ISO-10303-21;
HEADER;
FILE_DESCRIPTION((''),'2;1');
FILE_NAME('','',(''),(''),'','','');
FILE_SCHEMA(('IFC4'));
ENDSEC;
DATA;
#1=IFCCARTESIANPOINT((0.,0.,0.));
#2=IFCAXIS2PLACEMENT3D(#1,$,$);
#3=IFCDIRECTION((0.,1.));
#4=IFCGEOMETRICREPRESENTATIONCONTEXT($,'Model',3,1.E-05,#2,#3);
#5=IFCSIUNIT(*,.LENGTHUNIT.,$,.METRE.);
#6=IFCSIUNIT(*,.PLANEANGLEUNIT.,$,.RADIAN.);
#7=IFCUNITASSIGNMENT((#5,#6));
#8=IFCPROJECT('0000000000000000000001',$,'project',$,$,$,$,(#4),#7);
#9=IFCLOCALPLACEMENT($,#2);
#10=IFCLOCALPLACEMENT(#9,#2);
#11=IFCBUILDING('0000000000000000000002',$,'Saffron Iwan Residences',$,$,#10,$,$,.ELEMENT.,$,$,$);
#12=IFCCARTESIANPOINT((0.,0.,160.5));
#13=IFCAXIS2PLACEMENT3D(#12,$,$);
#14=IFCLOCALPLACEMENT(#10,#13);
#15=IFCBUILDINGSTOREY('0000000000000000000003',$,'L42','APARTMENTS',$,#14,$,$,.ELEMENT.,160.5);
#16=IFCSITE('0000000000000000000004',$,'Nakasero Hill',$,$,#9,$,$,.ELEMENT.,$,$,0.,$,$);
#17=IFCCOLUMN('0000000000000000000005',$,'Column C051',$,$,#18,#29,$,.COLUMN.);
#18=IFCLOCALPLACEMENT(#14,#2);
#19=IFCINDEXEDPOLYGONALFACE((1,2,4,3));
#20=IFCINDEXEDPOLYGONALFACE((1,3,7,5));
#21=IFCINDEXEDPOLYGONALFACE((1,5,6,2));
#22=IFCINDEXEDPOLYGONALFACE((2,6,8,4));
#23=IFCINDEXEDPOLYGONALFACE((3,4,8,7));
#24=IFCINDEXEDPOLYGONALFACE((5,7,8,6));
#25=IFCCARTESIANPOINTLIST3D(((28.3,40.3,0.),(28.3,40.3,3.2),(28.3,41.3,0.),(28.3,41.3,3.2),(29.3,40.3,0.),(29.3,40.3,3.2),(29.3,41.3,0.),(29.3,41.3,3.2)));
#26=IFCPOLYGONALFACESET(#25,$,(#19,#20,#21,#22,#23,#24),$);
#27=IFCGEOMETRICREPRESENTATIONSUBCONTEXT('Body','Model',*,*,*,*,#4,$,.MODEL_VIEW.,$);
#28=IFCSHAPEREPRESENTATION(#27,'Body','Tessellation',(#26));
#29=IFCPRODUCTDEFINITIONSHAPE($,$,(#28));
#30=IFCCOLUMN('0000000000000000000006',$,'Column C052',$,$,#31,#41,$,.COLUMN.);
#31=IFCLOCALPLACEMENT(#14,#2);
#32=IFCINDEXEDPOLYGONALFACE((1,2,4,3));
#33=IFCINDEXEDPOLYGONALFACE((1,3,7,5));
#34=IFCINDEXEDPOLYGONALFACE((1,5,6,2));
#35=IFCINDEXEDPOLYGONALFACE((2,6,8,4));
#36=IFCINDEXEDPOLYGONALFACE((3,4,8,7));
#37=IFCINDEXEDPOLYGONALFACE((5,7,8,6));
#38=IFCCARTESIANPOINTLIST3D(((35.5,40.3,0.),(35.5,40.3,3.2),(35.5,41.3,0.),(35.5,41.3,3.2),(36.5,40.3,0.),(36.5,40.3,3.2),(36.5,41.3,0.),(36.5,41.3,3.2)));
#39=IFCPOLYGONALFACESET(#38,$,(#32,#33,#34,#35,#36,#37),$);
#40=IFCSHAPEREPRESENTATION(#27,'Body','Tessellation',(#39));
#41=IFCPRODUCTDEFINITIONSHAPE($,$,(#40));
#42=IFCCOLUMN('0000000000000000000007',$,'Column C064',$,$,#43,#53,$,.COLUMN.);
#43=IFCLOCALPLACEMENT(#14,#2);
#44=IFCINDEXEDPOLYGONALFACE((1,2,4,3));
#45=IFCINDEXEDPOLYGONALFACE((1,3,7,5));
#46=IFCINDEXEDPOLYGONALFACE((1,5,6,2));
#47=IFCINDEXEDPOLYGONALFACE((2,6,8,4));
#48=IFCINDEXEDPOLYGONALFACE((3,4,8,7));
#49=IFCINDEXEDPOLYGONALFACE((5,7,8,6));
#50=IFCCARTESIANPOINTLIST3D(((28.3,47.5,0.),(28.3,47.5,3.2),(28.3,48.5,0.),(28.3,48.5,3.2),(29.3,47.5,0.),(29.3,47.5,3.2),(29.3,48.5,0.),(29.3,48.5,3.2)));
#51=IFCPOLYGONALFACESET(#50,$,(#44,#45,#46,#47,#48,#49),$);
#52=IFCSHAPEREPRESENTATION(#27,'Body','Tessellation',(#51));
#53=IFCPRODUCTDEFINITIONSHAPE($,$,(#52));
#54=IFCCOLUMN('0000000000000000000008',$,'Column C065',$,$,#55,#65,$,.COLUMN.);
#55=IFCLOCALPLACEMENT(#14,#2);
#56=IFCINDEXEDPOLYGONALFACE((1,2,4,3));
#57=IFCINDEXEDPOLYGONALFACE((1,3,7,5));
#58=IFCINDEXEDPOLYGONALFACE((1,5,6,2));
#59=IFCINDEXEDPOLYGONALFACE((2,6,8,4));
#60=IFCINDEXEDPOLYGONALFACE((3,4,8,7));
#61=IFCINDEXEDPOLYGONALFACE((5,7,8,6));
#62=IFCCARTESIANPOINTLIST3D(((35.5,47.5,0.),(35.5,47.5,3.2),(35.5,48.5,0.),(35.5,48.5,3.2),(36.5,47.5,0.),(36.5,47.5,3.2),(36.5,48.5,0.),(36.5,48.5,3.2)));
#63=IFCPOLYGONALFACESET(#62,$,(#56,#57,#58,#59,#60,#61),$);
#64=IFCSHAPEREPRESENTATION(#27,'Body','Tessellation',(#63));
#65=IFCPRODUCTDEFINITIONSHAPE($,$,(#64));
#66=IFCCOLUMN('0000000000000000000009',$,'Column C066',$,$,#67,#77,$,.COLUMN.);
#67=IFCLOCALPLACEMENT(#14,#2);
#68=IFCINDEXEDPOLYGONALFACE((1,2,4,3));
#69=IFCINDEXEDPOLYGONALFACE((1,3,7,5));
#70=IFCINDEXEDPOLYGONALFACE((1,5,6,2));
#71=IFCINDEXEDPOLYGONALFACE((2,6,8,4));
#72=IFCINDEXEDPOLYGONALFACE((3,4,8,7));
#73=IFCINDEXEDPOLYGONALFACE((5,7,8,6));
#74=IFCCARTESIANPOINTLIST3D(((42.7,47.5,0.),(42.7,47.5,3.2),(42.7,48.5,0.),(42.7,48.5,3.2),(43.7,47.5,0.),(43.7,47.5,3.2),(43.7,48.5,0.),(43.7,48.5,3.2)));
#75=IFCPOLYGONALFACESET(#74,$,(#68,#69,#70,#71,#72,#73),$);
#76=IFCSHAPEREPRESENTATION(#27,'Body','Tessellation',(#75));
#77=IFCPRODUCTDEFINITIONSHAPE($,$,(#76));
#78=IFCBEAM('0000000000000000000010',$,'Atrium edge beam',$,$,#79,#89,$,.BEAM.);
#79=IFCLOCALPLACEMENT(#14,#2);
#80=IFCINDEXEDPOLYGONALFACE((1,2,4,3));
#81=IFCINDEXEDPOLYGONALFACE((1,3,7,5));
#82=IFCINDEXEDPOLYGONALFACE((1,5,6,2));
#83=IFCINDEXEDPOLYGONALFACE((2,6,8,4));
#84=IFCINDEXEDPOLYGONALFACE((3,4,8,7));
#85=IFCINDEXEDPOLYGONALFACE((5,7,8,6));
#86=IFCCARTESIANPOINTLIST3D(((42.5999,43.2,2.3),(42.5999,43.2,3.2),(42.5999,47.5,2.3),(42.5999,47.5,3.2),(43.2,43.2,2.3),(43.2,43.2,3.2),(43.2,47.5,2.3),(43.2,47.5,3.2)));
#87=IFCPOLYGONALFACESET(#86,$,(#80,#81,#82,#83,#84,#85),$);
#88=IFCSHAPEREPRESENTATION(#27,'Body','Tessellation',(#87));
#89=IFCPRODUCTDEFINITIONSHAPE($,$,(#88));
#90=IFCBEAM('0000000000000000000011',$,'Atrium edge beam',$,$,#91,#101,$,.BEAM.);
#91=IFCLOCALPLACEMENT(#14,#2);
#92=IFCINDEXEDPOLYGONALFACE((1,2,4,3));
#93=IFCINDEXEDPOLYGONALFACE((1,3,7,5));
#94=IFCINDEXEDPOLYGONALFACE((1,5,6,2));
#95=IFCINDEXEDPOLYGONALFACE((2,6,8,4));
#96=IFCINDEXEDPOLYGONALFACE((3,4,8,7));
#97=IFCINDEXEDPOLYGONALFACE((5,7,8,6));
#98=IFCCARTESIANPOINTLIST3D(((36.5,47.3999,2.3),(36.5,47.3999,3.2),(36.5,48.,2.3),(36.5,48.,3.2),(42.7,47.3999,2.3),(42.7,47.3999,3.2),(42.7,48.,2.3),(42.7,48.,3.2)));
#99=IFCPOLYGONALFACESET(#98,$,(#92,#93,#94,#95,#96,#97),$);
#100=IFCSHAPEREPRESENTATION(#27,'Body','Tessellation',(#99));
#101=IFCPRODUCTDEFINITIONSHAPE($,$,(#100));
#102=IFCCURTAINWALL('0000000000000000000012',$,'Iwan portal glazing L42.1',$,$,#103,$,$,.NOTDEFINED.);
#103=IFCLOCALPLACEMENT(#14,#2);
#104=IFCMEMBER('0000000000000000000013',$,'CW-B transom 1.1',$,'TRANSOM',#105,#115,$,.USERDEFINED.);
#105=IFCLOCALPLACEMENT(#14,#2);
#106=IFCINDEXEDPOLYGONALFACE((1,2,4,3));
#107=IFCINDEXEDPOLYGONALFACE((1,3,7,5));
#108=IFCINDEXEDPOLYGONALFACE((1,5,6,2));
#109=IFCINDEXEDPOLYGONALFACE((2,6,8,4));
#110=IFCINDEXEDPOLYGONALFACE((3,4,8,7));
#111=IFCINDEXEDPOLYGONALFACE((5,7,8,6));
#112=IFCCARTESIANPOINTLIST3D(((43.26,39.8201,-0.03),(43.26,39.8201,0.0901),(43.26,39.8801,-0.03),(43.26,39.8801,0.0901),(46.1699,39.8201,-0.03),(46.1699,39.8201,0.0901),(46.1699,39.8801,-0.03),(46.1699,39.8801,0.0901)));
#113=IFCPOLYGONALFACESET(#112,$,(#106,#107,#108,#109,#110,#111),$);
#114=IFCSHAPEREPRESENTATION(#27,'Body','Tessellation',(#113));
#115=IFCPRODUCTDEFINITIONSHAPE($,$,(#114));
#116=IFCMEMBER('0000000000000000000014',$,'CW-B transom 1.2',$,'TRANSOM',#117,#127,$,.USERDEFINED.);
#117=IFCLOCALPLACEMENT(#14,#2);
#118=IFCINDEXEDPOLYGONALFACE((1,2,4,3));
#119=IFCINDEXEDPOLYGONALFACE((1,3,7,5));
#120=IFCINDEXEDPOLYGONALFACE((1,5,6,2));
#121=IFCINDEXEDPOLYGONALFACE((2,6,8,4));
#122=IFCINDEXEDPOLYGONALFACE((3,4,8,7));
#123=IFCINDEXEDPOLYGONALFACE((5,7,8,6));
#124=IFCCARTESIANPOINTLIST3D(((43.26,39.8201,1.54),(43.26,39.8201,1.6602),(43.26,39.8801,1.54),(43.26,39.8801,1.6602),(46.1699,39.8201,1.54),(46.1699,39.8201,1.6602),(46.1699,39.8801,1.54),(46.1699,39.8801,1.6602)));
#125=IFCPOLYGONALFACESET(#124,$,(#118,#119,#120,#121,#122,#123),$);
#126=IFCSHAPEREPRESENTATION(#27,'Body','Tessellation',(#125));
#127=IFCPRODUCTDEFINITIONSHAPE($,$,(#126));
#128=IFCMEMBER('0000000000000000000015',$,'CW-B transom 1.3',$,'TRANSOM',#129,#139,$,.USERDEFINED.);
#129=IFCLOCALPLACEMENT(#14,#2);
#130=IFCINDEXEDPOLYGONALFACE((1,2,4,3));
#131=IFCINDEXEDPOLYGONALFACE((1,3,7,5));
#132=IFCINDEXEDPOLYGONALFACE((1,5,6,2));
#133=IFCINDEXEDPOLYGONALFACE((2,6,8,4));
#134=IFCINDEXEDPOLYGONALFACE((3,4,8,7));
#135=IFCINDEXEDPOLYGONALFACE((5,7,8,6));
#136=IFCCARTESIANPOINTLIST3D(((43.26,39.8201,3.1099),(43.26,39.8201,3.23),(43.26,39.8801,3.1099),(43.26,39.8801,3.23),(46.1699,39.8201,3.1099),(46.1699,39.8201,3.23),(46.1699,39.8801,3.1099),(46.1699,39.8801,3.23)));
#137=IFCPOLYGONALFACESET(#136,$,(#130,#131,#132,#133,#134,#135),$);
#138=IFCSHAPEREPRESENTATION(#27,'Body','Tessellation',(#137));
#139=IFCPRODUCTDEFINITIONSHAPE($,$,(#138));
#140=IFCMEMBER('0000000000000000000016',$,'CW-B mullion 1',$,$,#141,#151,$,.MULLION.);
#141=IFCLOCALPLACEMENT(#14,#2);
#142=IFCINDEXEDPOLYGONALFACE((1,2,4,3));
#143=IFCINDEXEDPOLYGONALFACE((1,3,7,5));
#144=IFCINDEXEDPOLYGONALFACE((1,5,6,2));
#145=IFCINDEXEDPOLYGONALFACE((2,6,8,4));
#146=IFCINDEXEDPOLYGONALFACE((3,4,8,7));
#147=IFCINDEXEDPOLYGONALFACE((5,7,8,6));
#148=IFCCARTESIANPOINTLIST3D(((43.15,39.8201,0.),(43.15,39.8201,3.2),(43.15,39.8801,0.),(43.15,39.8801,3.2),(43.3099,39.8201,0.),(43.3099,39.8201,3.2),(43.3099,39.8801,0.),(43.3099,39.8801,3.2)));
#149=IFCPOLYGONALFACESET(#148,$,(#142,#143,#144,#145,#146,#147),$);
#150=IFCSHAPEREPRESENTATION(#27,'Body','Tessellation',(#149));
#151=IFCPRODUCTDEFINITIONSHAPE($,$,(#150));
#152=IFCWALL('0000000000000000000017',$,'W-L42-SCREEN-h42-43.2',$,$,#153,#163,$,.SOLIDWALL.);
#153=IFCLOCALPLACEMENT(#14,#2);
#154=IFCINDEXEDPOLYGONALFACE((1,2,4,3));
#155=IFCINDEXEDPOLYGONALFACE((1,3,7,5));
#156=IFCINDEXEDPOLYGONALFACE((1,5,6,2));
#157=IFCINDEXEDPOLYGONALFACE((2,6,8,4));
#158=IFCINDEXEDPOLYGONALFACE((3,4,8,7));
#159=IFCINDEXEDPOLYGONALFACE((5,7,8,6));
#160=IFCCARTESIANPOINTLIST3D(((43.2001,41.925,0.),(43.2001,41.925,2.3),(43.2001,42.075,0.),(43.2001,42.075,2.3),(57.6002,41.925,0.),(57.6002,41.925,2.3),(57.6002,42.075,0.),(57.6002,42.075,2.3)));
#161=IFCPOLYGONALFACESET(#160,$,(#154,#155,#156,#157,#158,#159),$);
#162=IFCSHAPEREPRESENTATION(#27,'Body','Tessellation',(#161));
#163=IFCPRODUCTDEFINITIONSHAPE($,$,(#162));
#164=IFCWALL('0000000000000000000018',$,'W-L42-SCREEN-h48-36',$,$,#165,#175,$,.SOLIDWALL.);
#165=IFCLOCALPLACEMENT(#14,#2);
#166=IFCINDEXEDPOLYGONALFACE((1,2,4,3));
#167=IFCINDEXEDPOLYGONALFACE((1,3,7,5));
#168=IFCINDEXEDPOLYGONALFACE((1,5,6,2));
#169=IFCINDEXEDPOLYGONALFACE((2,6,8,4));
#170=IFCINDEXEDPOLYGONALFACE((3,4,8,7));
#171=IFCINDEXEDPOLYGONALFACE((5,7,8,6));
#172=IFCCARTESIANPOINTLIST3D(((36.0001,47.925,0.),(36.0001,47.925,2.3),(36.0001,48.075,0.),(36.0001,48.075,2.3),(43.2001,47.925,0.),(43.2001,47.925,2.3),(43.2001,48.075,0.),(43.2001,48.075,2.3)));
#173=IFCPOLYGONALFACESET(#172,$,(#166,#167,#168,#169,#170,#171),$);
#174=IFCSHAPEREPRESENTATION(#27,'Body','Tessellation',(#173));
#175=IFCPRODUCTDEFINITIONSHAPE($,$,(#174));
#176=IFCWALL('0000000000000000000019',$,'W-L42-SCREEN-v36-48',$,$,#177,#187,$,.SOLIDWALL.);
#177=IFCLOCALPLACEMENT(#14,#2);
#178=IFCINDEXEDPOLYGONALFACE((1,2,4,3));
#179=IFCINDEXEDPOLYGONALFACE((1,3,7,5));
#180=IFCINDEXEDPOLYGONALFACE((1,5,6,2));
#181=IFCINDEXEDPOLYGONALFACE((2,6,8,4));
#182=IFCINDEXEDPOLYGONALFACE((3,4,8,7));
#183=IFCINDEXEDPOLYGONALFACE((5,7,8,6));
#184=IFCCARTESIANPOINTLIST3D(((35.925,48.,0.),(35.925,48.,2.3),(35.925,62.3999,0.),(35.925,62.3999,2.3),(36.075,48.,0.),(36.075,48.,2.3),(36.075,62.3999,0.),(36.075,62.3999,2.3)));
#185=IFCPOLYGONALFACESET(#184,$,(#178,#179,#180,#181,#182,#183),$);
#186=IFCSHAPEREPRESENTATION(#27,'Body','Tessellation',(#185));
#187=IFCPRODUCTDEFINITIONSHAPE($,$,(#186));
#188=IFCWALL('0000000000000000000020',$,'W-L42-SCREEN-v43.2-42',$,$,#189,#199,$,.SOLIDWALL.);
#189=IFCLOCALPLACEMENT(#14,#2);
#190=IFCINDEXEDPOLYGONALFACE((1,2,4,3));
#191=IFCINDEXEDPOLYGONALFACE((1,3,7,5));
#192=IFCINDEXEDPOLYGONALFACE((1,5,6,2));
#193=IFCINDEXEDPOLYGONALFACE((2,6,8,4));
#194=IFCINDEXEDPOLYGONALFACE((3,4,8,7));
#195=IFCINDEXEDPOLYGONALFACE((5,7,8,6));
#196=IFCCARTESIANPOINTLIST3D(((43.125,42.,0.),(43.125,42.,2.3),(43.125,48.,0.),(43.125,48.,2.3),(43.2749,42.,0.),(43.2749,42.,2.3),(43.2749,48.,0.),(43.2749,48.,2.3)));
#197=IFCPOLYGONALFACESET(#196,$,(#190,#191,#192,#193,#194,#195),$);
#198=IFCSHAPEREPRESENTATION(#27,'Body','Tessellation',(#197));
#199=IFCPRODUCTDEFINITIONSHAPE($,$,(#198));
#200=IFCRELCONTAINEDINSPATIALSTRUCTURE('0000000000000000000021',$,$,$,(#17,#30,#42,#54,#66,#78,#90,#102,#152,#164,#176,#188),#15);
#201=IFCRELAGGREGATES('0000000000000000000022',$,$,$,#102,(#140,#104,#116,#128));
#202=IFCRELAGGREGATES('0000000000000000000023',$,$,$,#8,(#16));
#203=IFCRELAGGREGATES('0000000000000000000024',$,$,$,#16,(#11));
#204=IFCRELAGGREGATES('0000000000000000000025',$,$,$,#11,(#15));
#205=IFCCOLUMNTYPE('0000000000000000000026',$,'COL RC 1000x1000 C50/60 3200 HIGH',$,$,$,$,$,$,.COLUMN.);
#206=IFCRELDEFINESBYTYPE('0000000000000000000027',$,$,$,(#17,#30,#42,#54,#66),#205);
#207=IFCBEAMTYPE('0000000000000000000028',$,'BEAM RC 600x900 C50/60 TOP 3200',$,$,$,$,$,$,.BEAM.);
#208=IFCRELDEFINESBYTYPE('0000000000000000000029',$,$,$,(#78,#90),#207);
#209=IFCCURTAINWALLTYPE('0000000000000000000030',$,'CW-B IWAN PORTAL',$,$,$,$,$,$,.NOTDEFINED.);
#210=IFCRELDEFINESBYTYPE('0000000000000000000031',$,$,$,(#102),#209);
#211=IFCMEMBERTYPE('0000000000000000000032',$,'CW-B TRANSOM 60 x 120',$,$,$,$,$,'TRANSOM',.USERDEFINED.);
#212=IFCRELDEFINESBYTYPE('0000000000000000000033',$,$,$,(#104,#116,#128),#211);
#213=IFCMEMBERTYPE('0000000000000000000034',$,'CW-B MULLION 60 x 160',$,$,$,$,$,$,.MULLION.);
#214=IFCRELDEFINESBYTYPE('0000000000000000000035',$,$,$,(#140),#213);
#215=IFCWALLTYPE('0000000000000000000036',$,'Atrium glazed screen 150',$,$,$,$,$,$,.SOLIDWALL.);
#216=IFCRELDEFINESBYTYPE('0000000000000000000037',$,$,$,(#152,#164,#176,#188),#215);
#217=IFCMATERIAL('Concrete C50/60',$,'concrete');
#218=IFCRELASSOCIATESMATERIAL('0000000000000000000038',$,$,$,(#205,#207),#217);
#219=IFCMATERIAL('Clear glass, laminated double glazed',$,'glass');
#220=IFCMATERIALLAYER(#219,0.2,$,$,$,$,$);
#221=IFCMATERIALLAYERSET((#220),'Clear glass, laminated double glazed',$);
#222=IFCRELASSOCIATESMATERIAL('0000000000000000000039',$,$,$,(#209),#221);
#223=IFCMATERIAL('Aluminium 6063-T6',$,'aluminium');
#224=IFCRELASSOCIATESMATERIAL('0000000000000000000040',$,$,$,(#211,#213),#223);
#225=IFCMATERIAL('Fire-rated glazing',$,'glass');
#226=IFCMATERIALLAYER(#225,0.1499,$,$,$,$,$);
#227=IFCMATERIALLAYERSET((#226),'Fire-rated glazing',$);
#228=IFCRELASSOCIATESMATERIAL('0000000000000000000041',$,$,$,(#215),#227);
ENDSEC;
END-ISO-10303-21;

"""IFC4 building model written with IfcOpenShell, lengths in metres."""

from ifc_helpers import new_model, si_unit, direction, frame, frame_2d, origin, origin_2d, place, context, subcontext, project, spatial, rectangle, extrude, source, transform, mapped, material, layer, layer_set, material_profile, profile_set, type_object, element, aggregate, save


model = new_model("IFC4")

# Units and contexts
model_context = context("Model", 3, precision=1e-05, world=origin(), true_north=direction((0.0, 1.0)))
body_context = subcontext(model_context, "Body", "Model", "MODEL_VIEW")
ifc_project = project(units=[si_unit("LENGTHUNIT", "METRE"), si_unit("PLANEANGLEUNIT", "RADIAN")], contexts=[model_context])

# Site, building, storey
site_placement = place(None, origin())
site = spatial("IfcSite", under=ifc_project, at=site_placement, Name="Nakasero Hill", CompositionType="ELEMENT", RefElevation=0.0)
building_placement = place(site_placement, origin())
building = spatial("IfcBuilding", under=site, at=building_placement, Name="Saffron Iwan Residences", CompositionType="ELEMENT")
storey_placement = place(building_placement, frame((0.0, 0.0, 160.5)))
storey = spatial("IfcBuildingStorey", under=building, at=storey_placement, Name="L42", Description="APARTMENTS", CompositionType="ELEMENT", Elevation=160.5)

# Columns
ifc_material_1 = material(Name="Concrete C50/60", Category="concrete")
ifc_material_profile_1 = material_profile(ifc_material_1, rectangle(XDim=1.0, YDim=1.0, at=origin_2d()), Name="RC 1000x1000")
ifc_profile_set_1 = profile_set([ifc_material_profile_1], Name="Concrete C50/60")
column_type = type_object("IfcColumnType", Name="COL RC 1000x1000 C50/60 3200 HIGH", PredefinedType="COLUMN", material=ifc_profile_set_1)
shared_shape_1 = source(origin(), body_context, "Body", "SweptSolid", [
    extrude(rectangle(XDim=1.0, YDim=1.0, at=origin_2d()), origin(), (0.0, 0.0, 1.0), 3.2),
])
for number, where, z_axis, x_axis, name in (
    (1, (28.8, 40.8, 0.0), (0.0, 0.0, 1.0), (1.0, 0.0, 0.0), "Column C051"),
    (2, (36.0, 40.8, 0.0), (0.0, 0.0, 1.0), (1.0, 0.0, 0.0), "Column C052"),
    (3, (28.8, 48.0, 0.0), (0.0, 0.0, 1.0), (1.0, 0.0, 0.0), "Column C064"),
    (4, (36.0, 48.0, 0.0), (0.0, 0.0, 1.0), (1.0, 0.0, 0.0), "Column C065"),
    (5, (43.2, 48.0, 0.0), (0.0, 0.0, 1.0), (1.0, 0.0, 0.0), "Column C066"),
):
    element("IfcColumn", number, at=place(storey_placement, frame(where, z_axis=z_axis, x_axis=x_axis)), inside=storey, type_object=column_type, Name=name, PredefinedType="COLUMN", context=body_context, shape_type="MappedRepresentation", body=[
        mapped(shared_shape_1, transform((0.0, 0.0, 0.0))),
    ])

# Beams
ifc_material_profile_2 = material_profile(ifc_material_1, rectangle(XDim=0.6001, YDim=0.8999, at=origin_2d()), Name="RC 600x900")
ifc_profile_set_2 = profile_set([ifc_material_profile_2], Name="Concrete C50/60")
beam_type = type_object("IfcBeamType", Name="BEAM RC 600x900 C50/60 TOP 3200", PredefinedType="BEAM", material=ifc_profile_set_2)
shared_shape_2 = source(origin(), body_context, "Body", "SweptSolid", [
    extrude(rectangle(XDim=0.6001, YDim=0.8999, at=origin_2d()), origin(), (0.0, 0.0, 1.0), 4.3),
])
beam_1_placement = place(storey_placement, frame((42.8999, 43.2, 2.75), z_axis=(0.0, 1.0, 0.0), x_axis=(-1.0, 0.0, 0.0)))
element("IfcBeam", 6, at=beam_1_placement, inside=storey, type_object=beam_type, Name="Atrium edge beam", PredefinedType="BEAM", context=body_context, shape_type="MappedRepresentation", body=[
    mapped(shared_shape_2, transform((0.0, 0.0, 0.0))),
])
shared_shape_3 = source(origin(), body_context, "Body", "SweptSolid", [
    extrude(rectangle(XDim=0.6001, YDim=0.8999, at=origin_2d()), origin(), (0.0, 0.0, 1.0), 6.2),
])
beam_2_placement = place(storey_placement, frame((42.7, 47.7, 2.75), z_axis=(-1.0, 0.0, 0.0), x_axis=(0.0, -1.0, 0.0)))
element("IfcBeam", 7, at=beam_2_placement, inside=storey, type_object=beam_type, Name="Atrium edge beam", PredefinedType="BEAM", context=body_context, shape_type="MappedRepresentation", body=[
    mapped(shared_shape_3, transform((0.0, 0.0, 0.0))),
])

# Curtain wall, members
ifc_material_2 = material(Name="Clear glass, laminated double glazed", Category="glass")
ifc_layer_1 = layer(ifc_material_2, 0.2)
ifc_layer_set_1 = layer_set([ifc_layer_1], Name="Clear glass, laminated double glazed")
curtain_wall_type = type_object("IfcCurtainWallType", Name="CW-B IWAN PORTAL", PredefinedType="NOTDEFINED", material=ifc_layer_set_1)
curtain_wall_placement = place(storey_placement, origin())
curtain_wall = element("IfcCurtainWall", 8, at=curtain_wall_placement, inside=storey, type_object=curtain_wall_type, Name="Iwan portal glazing L42.1", PredefinedType="NOTDEFINED")
ifc_material_3 = material(Name="Aluminium 6063-T6", Category="aluminium")
ifc_material_profile_3 = material_profile(ifc_material_3, rectangle(XDim=0.0601, YDim=0.1201, at=origin_2d()), Name="CW-B TRANSOM 60 x 120")
ifc_profile_set_3 = profile_set([ifc_material_profile_3], Name="Aluminium 6063-T6")
member_type_1 = type_object("IfcMemberType", Name="CW-B TRANSOM 60 x 120", ElementType="TRANSOM", PredefinedType="USERDEFINED", material=ifc_profile_set_3)
shared_shape_4 = source(origin(), body_context, "Body", "SweptSolid", [
    extrude(rectangle(XDim=0.0601, YDim=0.1201, at=origin_2d()), origin(), (0.0, 0.0, 1.0), 2.9099),
])
member_1_placement = place(storey_placement, frame((43.26, 39.8501, 0.03), z_axis=(1.0, 0.0, 0.0), x_axis=(0.0, 1.0, 0.0)))
member_1 = element("IfcMember", 9, at=member_1_placement, type_object=member_type_1, Name="CW-B transom 1.1", ObjectType="TRANSOM", PredefinedType="USERDEFINED", context=body_context, shape_type="MappedRepresentation", body=[
    mapped(shared_shape_4, transform((0.0, 0.0, 0.0))),
])
member_2_placement = place(storey_placement, frame((43.26, 39.8501, 1.6001), z_axis=(1.0, 0.0, 0.0), x_axis=(0.0, 1.0, 0.0)))
member_2 = element("IfcMember", 10, at=member_2_placement, type_object=member_type_1, Name="CW-B transom 1.2", ObjectType="TRANSOM", PredefinedType="USERDEFINED", context=body_context, shape_type="MappedRepresentation", body=[
    mapped(shared_shape_4, transform((0.0, 0.0, 0.0))),
])
member_3_placement = place(storey_placement, frame((43.26, 39.8501, 3.1699), z_axis=(1.0, 0.0, 0.0), x_axis=(0.0, 1.0, 0.0)))
member_3 = element("IfcMember", 11, at=member_3_placement, type_object=member_type_1, Name="CW-B transom 1.3", ObjectType="TRANSOM", PredefinedType="USERDEFINED", context=body_context, shape_type="MappedRepresentation", body=[
    mapped(shared_shape_4, transform((0.0, 0.0, 0.0))),
])
ifc_material_profile_4 = material_profile(ifc_material_3, rectangle(XDim=0.0601, YDim=0.1599, at=origin_2d()), Name="CW-B MULLION 60 x 160")
ifc_profile_set_4 = profile_set([ifc_material_profile_4], Name="Aluminium 6063-T6")
member_type_2 = type_object("IfcMemberType", Name="CW-B MULLION 60 x 160", PredefinedType="MULLION", material=ifc_profile_set_4)
shared_shape_5 = source(origin(), body_context, "Body", "SweptSolid", [
    extrude(rectangle(XDim=0.0601, YDim=0.1599, at=origin_2d()), origin(), (0.0, 0.0, 1.0), 3.2),
])
member_4_placement = place(storey_placement, frame((43.23, 39.8501, 0.0), z_axis=(0.0, 0.0, 1.0), x_axis=(0.0, 1.0, 0.0)))
member_4 = element("IfcMember", 12, at=member_4_placement, type_object=member_type_2, Name="CW-B mullion 1", PredefinedType="MULLION", context=body_context, shape_type="MappedRepresentation", body=[
    mapped(shared_shape_5, transform((0.0, 0.0, 0.0))),
])
aggregate(curtain_wall, [member_4, member_1, member_2, member_3])

# Walls
ifc_material_4 = material(Name="Fire-rated glazing", Category="glass")
ifc_layer_2 = layer(ifc_material_4, 0.1499)
ifc_layer_set_2 = layer_set([ifc_layer_2], Name="Fire-rated glazing")
wall_type_1 = type_object("IfcWallType", Name="Atrium glazed screen 150", PredefinedType="SOLIDWALL", material=ifc_layer_set_2)
wall_1_placement = place(storey_placement, frame((43.2, 42.0, 0.0), z_axis=(0.0, 0.0, 1.0), x_axis=(1.0, 0.0, 0.0)))
element("IfcWall", 13, at=wall_1_placement, inside=storey, type_object=wall_type_1, Name="W-L42-SCREEN-h42-43.2", PredefinedType="SOLIDWALL", context=body_context, shape_type="SweptSolid", body=[
    extrude(rectangle(XDim=14.4001, YDim=0.1499, at=frame_2d((7.2002, 0.0))), origin(), (0.0, 0.0, 1.0), 2.3),
])
wall_2_placement = place(storey_placement, frame((36.0, 48.0, 0.0), z_axis=(0.0, 0.0, 1.0), x_axis=(1.0, 0.0, 0.0)))
element("IfcWall", 14, at=wall_2_placement, inside=storey, type_object=wall_type_1, Name="W-L42-SCREEN-h48-36", PredefinedType="SOLIDWALL", context=body_context, shape_type="SweptSolid", body=[
    extrude(rectangle(XDim=7.2, YDim=0.1499, at=frame_2d((3.6001, 0.0))), origin(), (0.0, 0.0, 1.0), 2.3),
])
wall_3_placement = place(storey_placement, frame((36.0, 48.0, 0.0), z_axis=(0.0, 0.0, 1.0), x_axis=(0.0, 1.0, 0.0)))
element("IfcWall", 15, at=wall_3_placement, inside=storey, type_object=wall_type_1, Name="W-L42-SCREEN-v36-48", PredefinedType="SOLIDWALL", context=body_context, shape_type="SweptSolid", body=[
    extrude(rectangle(XDim=14.3999, YDim=0.1499, at=frame_2d((7.2, 0.0))), origin(), (0.0, 0.0, 1.0), 2.3),
])
wall_4_placement = place(storey_placement, frame((43.2, 42.0, 0.0), z_axis=(0.0, 0.0, 1.0), x_axis=(0.0, 1.0, 0.0)))
element("IfcWall", 16, at=wall_4_placement, inside=storey, type_object=wall_type_1, Name="W-L42-SCREEN-v43.2-42", PredefinedType="SOLIDWALL", context=body_context, shape_type="SweptSolid", body=[
    extrude(rectangle(XDim=6.0, YDim=0.1499, at=frame_2d((3.0, 0.0))), origin(), (0.0, 0.0, 1.0), 2.3),
])

save(model, "model.ifc")
